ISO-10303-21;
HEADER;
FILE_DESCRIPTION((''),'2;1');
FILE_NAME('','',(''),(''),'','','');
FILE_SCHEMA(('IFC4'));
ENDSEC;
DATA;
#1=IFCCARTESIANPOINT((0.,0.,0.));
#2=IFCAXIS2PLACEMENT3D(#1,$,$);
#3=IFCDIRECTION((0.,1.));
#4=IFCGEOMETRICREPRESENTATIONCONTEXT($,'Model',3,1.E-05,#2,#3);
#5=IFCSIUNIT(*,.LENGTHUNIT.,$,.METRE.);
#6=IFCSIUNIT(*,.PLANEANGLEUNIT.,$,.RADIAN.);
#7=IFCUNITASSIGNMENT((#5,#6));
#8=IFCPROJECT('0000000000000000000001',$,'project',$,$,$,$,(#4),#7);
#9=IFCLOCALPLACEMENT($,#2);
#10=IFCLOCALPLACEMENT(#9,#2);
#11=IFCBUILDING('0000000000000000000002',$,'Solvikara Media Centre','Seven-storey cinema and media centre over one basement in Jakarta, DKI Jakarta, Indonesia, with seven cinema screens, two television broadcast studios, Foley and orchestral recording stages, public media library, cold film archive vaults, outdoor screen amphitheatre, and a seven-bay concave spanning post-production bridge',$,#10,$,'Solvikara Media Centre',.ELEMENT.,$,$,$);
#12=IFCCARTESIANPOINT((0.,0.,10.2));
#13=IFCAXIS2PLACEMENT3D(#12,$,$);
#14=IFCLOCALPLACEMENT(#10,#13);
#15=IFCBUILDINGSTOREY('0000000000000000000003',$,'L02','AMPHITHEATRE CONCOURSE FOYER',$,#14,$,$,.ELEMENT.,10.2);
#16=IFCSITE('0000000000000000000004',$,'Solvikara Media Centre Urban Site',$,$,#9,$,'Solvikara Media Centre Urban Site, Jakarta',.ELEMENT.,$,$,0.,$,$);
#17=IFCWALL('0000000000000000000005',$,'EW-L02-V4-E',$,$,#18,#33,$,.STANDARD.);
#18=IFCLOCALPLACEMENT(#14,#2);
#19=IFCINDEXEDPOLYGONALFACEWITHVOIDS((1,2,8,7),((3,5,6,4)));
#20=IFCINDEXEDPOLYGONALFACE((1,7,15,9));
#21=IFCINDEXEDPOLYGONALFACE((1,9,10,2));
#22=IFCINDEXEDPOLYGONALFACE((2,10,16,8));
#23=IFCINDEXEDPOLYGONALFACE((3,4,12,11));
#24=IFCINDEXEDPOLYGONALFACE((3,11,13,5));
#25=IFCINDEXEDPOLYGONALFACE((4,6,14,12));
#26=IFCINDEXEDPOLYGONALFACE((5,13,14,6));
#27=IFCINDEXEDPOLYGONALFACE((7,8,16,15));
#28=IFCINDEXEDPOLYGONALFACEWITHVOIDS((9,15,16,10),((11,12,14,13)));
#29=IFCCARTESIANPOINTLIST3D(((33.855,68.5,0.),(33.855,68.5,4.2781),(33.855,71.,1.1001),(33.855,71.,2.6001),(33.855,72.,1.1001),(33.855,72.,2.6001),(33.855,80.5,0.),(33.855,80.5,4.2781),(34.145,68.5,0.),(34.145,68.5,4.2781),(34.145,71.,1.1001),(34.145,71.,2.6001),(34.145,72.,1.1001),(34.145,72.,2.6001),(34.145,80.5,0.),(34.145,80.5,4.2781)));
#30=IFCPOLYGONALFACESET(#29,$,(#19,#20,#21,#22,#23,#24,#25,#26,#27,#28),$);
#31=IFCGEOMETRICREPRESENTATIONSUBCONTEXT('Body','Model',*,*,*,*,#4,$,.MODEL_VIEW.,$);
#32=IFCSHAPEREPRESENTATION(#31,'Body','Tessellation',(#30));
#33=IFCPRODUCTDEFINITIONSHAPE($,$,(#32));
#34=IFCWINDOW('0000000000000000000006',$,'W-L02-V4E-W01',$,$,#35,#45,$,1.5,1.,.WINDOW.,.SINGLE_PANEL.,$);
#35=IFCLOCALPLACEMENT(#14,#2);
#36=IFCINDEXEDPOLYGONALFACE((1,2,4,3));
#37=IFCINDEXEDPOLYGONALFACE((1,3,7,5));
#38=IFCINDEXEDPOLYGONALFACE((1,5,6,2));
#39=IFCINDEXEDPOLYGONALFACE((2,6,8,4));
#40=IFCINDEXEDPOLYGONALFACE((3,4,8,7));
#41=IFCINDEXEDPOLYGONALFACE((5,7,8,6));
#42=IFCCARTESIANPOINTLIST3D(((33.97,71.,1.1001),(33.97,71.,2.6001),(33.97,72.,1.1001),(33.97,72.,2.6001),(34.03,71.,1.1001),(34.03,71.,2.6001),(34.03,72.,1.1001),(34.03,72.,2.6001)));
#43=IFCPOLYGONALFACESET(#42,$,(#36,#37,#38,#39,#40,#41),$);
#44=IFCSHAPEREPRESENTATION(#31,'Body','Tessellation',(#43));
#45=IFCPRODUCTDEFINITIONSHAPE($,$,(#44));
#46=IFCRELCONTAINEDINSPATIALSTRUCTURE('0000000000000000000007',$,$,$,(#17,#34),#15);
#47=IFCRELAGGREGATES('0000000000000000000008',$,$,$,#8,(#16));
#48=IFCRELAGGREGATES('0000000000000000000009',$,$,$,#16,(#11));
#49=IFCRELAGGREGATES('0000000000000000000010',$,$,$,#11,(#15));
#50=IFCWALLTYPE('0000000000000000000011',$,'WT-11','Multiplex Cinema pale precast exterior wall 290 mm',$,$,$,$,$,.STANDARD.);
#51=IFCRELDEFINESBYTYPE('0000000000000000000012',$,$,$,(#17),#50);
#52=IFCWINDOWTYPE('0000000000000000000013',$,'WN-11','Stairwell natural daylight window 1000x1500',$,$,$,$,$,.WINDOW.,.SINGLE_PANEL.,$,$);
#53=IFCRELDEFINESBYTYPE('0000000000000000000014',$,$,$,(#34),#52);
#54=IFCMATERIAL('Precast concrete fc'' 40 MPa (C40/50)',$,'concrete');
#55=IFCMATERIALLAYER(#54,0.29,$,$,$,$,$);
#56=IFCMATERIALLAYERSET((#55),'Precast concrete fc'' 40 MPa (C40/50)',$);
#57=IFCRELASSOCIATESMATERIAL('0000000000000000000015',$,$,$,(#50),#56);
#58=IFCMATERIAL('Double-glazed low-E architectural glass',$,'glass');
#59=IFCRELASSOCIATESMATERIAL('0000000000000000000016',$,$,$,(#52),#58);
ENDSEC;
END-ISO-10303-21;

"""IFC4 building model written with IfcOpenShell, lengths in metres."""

from ifc_helpers import new_model, si_unit, direction, frame, frame_2d, origin, place, context, subcontext, project, spatial, rectangle, extrude, material, layer, layer_set, type_object, element, fill, save


model = new_model("IFC4")

# Units and contexts
model_context = context("Model", 3, precision=1e-05, world=origin(), true_north=direction((0.0, 1.0)))
body_context = subcontext(model_context, "Body", "Model", "MODEL_VIEW")
ifc_project = project(units=[si_unit("LENGTHUNIT", "METRE"), si_unit("PLANEANGLEUNIT", "RADIAN")], contexts=[model_context])

# Site, building, storey
site_placement = place(None, origin())
site = spatial("IfcSite", under=ifc_project, at=site_placement, Name="Solvikara Media Centre Urban Site", LongName="Solvikara Media Centre Urban Site, Jakarta", CompositionType="ELEMENT", RefElevation=0.0)
building_placement = place(site_placement, origin())
building = spatial("IfcBuilding", under=site, at=building_placement, Name="Solvikara Media Centre", Description="Seven-storey cinema and media centre over one basement in Jakarta, DKI Jakarta, Indonesia, with seven cinema screens, two television broadcast studios, Foley and orchestral recording stages, public media library, cold film archive vaults, outdoor screen amphitheatre, and a seven-bay concave spanning post-production bridge", LongName="Solvikara Media Centre", CompositionType="ELEMENT")
storey_placement = place(building_placement, frame((0.0, 0.0, 10.2)))
storey = spatial("IfcBuildingStorey", under=building, at=storey_placement, Name="L02", Description="AMPHITHEATRE CONCOURSE FOYER", CompositionType="ELEMENT", Elevation=10.2)

# Shared definitions
ifc_material_1 = material(Name="Double-glazed low-E architectural glass", Category="glass")

# Wall, opening, window
ifc_material_2 = material(Name="Precast concrete fc' 40 MPa (C40/50)", Category="concrete")
ifc_layer_1 = layer(ifc_material_2, 0.29)
ifc_layer_set_1 = layer_set([ifc_layer_1], Name="Precast concrete fc' 40 MPa (C40/50)")
wall_type = type_object("IfcWallType", Name="WT-11", Description="Multiplex Cinema pale precast exterior wall 290 mm", PredefinedType="STANDARD", material=ifc_layer_set_1)
wall_placement = place(storey_placement, frame((34.0, 68.5, 0.0), z_axis=(0.0, 0.0, 1.0), x_axis=(0.0, 1.0, 0.0)))
wall = element("IfcWall", 1, at=wall_placement, inside=storey, type_object=wall_type, Name="EW-L02-V4-E", PredefinedType="STANDARD", context=body_context, shape_type="SweptSolid", body=[
    extrude(rectangle(XDim=12.0, YDim=0.29, at=frame_2d((6.0, 0.0))), origin(), (0.0, 0.0, 1.0), 4.2781),
])
opening_placement = place(wall_placement, frame((2.5, 0.0, 1.1001)))
opening = element("IfcOpeningElement", 2, at=opening_placement, cuts=wall, PredefinedType="OPENING", context=body_context, shape_type="SweptSolid", body=[
    extrude(rectangle(XDim=1.0, YDim=1.5, at=frame_2d((0.5, 0.75))), frame((0.0, 0.157, 0.0), z_axis=(0.0, -1.0, 0.0), x_axis=(1.0, 0.0, 0.0)), (0.0, 0.0, 1.0), 0.314),
])
window_type = type_object("IfcWindowType", Name="WN-11", Description="Stairwell natural daylight window 1000x1500", PartitioningType="SINGLE_PANEL", PredefinedType="WINDOW", material=ifc_material_1)
window_placement = place(opening_placement, origin())
window = element("IfcWindow", 3, at=window_placement, inside=storey, type_object=window_type, Name="W-L02-V4E-W01", OverallHeight=1.5, OverallWidth=1.0, PartitioningType="SINGLE_PANEL", PredefinedType="WINDOW", context=body_context, shape_type="SweptSolid", body=[
    extrude(rectangle(XDim=1.0, YDim=1.5, at=frame_2d((0.5, 0.75))), frame((0.0, 0.03, 0.0), z_axis=(0.0, -1.0, 0.0), x_axis=(1.0, 0.0, 0.0)), (0.0, 0.0, 1.0), 0.0601),
])
fill(opening, window)

save(model, "model.ifc")
